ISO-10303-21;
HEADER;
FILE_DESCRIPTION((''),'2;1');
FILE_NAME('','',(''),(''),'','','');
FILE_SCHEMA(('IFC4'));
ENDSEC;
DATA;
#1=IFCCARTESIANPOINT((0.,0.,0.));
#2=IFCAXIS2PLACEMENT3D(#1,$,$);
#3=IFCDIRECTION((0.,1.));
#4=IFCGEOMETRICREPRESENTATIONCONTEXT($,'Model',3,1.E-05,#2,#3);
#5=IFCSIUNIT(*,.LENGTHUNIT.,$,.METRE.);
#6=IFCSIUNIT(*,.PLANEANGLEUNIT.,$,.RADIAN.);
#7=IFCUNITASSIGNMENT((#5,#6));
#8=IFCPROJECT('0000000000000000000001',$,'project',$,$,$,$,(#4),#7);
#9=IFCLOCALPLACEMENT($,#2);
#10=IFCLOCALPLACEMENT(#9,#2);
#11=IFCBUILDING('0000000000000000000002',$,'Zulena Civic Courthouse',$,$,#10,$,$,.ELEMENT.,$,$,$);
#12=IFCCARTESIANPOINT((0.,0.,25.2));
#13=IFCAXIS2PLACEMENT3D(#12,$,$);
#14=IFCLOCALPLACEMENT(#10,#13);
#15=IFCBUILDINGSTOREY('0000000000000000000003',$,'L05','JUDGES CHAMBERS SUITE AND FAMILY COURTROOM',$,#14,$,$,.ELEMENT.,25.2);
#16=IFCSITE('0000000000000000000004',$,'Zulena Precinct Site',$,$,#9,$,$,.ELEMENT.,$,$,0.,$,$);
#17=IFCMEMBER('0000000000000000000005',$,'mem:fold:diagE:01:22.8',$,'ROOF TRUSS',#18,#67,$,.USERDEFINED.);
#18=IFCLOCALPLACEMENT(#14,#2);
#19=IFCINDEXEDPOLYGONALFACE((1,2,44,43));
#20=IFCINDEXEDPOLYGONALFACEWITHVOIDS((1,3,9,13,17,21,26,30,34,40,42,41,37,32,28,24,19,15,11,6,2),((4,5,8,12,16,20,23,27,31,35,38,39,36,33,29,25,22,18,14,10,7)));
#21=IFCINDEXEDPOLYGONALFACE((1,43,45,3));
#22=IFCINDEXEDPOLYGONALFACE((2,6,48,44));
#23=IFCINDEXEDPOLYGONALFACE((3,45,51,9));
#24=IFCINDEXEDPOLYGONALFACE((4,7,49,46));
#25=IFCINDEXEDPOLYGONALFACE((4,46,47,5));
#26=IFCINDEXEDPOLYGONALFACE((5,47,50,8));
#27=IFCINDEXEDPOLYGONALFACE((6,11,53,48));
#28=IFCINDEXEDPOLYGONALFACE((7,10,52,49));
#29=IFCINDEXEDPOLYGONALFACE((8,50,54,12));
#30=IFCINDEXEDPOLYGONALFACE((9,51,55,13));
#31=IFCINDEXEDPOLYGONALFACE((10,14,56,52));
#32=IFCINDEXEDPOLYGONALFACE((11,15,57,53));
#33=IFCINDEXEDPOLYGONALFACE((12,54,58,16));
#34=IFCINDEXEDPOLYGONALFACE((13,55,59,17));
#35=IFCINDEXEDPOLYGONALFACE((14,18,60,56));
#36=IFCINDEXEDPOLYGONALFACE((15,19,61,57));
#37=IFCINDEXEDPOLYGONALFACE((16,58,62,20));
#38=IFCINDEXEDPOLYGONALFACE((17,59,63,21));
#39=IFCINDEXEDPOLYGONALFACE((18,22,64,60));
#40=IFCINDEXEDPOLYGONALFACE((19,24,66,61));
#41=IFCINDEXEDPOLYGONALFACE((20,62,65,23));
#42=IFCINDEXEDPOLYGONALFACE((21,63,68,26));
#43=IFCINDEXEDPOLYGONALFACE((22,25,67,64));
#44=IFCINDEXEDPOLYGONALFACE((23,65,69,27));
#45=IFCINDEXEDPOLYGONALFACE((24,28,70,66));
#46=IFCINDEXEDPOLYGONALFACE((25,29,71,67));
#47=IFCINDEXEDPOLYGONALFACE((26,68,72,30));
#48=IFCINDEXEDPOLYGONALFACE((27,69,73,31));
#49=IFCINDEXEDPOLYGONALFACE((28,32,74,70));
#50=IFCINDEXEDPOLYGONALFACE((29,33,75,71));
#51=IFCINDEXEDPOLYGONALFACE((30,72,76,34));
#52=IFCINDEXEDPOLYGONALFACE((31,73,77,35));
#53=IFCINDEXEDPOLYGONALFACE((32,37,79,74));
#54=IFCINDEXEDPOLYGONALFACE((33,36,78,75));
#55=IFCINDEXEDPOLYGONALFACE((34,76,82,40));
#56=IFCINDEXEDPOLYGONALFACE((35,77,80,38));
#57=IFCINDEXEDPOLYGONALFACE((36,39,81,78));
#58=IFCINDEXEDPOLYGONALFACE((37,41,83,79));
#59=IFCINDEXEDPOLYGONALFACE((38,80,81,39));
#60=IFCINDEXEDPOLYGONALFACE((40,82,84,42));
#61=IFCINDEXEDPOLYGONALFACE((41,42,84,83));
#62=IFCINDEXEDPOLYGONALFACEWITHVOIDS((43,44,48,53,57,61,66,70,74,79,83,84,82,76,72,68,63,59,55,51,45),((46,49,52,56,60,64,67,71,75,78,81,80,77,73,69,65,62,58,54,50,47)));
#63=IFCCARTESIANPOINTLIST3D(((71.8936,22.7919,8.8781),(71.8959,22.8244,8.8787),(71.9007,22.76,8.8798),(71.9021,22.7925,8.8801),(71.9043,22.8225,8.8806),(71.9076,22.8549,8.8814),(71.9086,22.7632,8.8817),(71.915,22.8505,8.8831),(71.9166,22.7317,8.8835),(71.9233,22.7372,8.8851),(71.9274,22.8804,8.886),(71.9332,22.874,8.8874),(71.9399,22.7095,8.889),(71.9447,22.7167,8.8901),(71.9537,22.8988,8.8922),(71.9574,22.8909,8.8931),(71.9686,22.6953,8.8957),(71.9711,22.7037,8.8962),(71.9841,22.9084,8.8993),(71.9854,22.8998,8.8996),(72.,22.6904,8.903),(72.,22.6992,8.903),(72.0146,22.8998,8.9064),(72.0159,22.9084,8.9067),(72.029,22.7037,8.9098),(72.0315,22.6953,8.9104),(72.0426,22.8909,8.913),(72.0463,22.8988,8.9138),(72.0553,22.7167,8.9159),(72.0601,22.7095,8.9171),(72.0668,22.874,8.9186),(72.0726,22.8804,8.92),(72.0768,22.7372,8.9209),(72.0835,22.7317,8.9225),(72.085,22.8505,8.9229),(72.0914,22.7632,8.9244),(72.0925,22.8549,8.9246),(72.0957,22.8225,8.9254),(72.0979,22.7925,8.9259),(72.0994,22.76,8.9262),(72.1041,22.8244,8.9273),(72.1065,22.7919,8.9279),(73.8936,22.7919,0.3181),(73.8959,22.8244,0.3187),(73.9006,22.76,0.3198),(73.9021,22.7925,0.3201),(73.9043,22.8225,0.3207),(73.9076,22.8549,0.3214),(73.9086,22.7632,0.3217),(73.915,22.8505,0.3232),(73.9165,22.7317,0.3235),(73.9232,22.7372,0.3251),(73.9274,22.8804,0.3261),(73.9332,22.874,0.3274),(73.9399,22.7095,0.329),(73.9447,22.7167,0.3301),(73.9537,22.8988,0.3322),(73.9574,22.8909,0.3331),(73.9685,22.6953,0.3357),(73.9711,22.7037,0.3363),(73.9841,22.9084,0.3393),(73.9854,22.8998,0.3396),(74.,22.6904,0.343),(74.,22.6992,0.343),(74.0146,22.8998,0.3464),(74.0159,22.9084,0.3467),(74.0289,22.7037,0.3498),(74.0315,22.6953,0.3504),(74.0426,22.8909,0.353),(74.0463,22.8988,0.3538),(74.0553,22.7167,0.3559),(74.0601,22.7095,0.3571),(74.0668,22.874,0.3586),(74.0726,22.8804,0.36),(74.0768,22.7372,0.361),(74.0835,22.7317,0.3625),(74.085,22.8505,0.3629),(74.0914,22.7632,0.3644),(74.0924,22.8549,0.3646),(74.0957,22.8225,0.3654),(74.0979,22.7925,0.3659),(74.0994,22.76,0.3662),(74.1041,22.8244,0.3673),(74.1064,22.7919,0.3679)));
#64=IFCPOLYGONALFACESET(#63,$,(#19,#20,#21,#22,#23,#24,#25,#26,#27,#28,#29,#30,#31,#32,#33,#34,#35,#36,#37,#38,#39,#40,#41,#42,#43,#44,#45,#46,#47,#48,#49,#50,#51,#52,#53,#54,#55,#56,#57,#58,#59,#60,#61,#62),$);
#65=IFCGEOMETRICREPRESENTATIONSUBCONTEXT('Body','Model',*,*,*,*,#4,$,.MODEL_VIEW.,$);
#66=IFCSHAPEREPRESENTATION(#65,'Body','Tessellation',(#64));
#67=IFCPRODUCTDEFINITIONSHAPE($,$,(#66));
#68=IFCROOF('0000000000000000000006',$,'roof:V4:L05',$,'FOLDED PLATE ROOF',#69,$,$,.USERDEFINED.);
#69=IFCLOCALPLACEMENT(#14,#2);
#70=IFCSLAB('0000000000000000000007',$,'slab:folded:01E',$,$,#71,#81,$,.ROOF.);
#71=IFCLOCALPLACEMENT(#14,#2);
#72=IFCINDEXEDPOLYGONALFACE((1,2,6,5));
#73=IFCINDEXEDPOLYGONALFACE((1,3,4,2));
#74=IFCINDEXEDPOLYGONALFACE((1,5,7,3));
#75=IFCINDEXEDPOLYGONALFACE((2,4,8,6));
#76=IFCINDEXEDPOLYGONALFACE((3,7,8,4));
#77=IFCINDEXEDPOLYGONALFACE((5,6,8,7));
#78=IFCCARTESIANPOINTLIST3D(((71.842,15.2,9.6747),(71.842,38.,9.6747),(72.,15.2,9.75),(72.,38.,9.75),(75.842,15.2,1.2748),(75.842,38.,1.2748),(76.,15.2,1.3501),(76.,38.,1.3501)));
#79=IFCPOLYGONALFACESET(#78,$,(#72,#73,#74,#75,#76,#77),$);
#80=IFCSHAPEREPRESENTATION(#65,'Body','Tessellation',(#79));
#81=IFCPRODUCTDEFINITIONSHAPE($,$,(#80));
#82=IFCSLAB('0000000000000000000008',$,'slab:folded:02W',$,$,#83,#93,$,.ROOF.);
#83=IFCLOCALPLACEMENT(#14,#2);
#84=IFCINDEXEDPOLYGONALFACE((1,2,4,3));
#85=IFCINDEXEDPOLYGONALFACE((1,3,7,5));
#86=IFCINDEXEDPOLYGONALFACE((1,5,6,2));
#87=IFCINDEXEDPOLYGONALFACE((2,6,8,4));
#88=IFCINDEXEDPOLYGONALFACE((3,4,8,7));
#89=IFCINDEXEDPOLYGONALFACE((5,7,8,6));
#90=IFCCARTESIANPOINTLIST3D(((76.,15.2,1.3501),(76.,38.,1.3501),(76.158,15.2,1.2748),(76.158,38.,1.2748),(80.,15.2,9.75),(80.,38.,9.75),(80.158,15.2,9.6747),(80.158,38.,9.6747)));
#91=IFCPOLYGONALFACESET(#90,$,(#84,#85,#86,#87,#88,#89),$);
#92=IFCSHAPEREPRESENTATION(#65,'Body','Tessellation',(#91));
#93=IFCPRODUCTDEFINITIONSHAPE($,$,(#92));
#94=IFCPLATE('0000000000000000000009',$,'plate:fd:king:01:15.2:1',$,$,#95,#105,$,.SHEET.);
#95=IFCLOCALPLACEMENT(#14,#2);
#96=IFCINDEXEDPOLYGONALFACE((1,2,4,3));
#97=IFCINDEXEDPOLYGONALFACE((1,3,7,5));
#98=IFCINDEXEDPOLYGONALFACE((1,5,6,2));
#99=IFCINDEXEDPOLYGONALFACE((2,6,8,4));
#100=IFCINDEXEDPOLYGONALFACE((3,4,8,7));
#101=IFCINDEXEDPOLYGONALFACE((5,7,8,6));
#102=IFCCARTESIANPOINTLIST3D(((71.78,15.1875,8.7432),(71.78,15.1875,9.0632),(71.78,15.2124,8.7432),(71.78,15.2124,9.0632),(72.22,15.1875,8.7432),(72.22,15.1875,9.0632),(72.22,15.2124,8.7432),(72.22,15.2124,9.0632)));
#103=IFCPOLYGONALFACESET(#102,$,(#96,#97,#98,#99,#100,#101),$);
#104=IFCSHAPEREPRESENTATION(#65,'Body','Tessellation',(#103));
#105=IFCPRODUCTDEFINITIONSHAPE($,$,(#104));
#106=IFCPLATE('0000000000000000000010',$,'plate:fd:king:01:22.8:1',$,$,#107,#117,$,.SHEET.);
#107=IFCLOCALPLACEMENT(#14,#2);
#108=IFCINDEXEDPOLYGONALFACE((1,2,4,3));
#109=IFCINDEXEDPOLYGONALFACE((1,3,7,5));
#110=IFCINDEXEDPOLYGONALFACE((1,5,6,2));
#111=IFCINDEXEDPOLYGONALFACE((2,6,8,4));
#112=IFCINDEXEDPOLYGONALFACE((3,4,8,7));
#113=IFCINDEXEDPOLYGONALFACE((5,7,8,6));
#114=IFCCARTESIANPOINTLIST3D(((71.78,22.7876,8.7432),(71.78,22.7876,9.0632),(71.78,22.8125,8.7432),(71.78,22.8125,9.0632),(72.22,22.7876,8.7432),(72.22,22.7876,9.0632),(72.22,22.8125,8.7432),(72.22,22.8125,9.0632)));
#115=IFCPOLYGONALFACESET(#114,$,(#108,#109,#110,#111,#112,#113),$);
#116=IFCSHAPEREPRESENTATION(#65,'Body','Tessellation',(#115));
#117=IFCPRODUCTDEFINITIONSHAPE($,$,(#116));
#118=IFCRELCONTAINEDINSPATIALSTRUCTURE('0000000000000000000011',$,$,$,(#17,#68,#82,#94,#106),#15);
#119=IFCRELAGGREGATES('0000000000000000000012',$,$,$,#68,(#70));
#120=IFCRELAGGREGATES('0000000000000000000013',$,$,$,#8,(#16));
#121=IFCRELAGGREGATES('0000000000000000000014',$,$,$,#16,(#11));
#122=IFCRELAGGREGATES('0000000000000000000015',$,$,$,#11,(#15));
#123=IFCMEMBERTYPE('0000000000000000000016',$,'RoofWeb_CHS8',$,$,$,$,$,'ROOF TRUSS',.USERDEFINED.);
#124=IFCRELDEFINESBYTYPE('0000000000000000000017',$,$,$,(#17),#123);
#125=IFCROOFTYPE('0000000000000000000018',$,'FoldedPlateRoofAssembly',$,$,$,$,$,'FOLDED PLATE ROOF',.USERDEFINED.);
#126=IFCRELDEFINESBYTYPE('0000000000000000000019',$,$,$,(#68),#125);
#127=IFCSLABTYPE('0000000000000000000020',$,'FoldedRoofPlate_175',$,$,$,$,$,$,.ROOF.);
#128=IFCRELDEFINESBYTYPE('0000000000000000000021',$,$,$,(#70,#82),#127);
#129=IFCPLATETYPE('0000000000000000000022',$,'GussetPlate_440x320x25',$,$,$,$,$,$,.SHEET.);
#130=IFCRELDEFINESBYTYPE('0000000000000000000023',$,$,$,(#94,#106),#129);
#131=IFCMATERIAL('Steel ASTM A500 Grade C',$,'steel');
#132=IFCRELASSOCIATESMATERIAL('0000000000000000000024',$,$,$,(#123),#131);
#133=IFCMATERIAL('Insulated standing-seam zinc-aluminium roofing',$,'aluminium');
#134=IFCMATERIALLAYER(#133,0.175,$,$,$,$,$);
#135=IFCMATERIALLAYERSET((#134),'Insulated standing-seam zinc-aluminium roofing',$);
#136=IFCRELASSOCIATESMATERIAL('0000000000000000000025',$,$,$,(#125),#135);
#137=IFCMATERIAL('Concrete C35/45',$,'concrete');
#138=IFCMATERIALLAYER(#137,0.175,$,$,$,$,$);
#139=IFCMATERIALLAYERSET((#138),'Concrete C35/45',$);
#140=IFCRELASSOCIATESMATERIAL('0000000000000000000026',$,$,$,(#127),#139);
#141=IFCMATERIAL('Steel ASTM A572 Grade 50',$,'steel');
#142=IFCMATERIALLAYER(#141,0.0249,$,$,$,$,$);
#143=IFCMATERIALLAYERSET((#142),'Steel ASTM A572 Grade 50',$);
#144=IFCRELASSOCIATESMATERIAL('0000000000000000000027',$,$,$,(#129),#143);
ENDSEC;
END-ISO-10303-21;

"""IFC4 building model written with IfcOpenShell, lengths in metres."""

from ifc_helpers import new_model, si_unit, direction, frame, origin, origin_2d, place, context, subcontext, project, spatial, polyline, rectangle, hollow_circle, outline, extrude, material, layer, layer_set, material_profile, profile_set, type_object, element, aggregate, save


model = new_model("IFC4")

# Units and contexts
model_context = context("Model", 3, precision=1e-05, world=origin(), true_north=direction((0.0, 1.0)))
body_context = subcontext(model_context, "Body", "Model", "MODEL_VIEW")
ifc_project = project(units=[si_unit("LENGTHUNIT", "METRE"), si_unit("PLANEANGLEUNIT", "RADIAN")], contexts=[model_context])

# Site, building, storey
site_placement = place(None, origin())
site = spatial("IfcSite", under=ifc_project, at=site_placement, Name="Zulena Precinct Site", CompositionType="ELEMENT", RefElevation=0.0)
building_placement = place(site_placement, origin())
building = spatial("IfcBuilding", under=site, at=building_placement, Name="Zulena Civic Courthouse", CompositionType="ELEMENT")
storey_placement = place(building_placement, frame((0.0, 0.0, 25.2)))
storey = spatial("IfcBuildingStorey", under=building, at=storey_placement, Name="L05", Description="JUDGES CHAMBERS SUITE AND FAMILY COURTROOM", CompositionType="ELEMENT", Elevation=25.2)

# Member
ifc_material_1 = material(Name="Steel ASTM A500 Grade C", Category="steel")
ifc_material_profile_1 = material_profile(ifc_material_1, hollow_circle(Radius=0.1096, WallThickness=0.0088, at=origin_2d()), Name="HSS8.625X0.375")
ifc_profile_set_1 = profile_set([ifc_material_profile_1], Name="Steel ASTM A500 Grade C")
member_type_1 = type_object("IfcMemberType", Name="RoofWeb_CHS8", ElementType="ROOF TRUSS", PredefinedType="USERDEFINED", material=ifc_profile_set_1)
for number, where, z_axis, x_axis, name in (
    (1, (74.0, 22.8, 0.343), (-0.227516, 0.0, 0.973774), (0.0, -1.0, 0.0), "mem:fold:diagE:01:22.8"),
):
    element("IfcMember", number, at=place(storey_placement, frame(where, z_axis=z_axis, x_axis=x_axis)), inside=storey, type_object=member_type_1, Name=name, ObjectType="ROOF TRUSS", PredefinedType="USERDEFINED", context=body_context, shape_type="SweptSolid", body=[
        extrude(hollow_circle(Radius=0.1096, WallThickness=0.0088, at=origin_2d()), origin(), (0.0, 0.0, 1.0), 8.7905),
    ])

# Roof, slab
ifc_material_2 = material(Name="Insulated standing-seam zinc-aluminium roofing", Category="aluminium")
ifc_layer_1 = layer(ifc_material_2, 0.175)
ifc_layer_set_1 = layer_set([ifc_layer_1], Name="Insulated standing-seam zinc-aluminium roofing")
roof_type = type_object("IfcRoofType", Name="FoldedPlateRoofAssembly", ElementType="FOLDED PLATE ROOF", PredefinedType="USERDEFINED", material=ifc_layer_set_1)
roof_placement = place(storey_placement, origin())
roof = element("IfcRoof", 2, at=roof_placement, inside=storey, type_object=roof_type, Name="roof:V4:L05", ObjectType="FOLDED PLATE ROOF", PredefinedType="USERDEFINED")
ifc_material_3 = material(Name="Concrete C35/45", Category="concrete")
ifc_layer_2 = layer(ifc_material_3, 0.175)
ifc_layer_set_2 = layer_set([ifc_layer_2], Name="Concrete C35/45")
slab_type = type_object("IfcSlabType", Name="FoldedRoofPlate_175", PredefinedType="ROOF", material=ifc_layer_set_2)
slab_1_placement = place(storey_placement, frame((72.0, 15.2, 9.75), z_axis=(0.902859, 0.0, 0.429938), x_axis=(0.429938, 0.0, -0.902859)))
slab_1 = element("IfcSlab", 3, at=slab_1_placement, type_object=slab_type, Name="slab:folded:01E", PredefinedType="ROOF", context=body_context, shape_type="SweptSolid", body=[
    extrude(outline(polyline([(0.0, 0.0), (9.3037, 0.0), (9.3037, 22.8), (0.0, 22.8), (0.0, 0.0)])), origin(), (0.0, 0.0, -1.0), 0.175),
])
aggregate(roof, [slab_1])

# Slab
slab_2_placement = place(storey_placement, frame((76.0, 15.2, 1.3501), z_axis=(-0.902859, 0.0, 0.429938), x_axis=(0.429938, 0.0, 0.902859)))
element("IfcSlab", 4, at=slab_2_placement, inside=storey, type_object=slab_type, Name="slab:folded:02W", PredefinedType="ROOF", context=body_context, shape_type="SweptSolid", body=[
    extrude(outline(polyline([(0.0, 0.0), (9.3037, 0.0), (9.3037, 22.8), (0.0, 22.8), (0.0, 0.0)])), origin(), (0.0, 0.0, -1.0), 0.175),
])

# Plates
ifc_material_4 = material(Name="Steel ASTM A572 Grade 50", Category="steel")
ifc_layer_3 = layer(ifc_material_4, 0.0249)
ifc_layer_set_3 = layer_set([ifc_layer_3], Name="Steel ASTM A572 Grade 50")
plate_type = type_object("IfcPlateType", Name="GussetPlate_440x320x25", PredefinedType="SHEET", material=ifc_layer_set_3)
for number, where, z_axis, x_axis, name in (
    (5, (72.0, 15.2, 8.7432), (0.0, 0.0, 1.0), (1.0, 0.0, 0.0), "plate:fd:king:01:15.2:1"),
    (6, (72.0, 22.8, 8.7432), (0.0, 0.0, 1.0), (1.0, 0.0, 0.0), "plate:fd:king:01:22.8:1"),
):
    element("IfcPlate", number, at=place(storey_placement, frame(where, z_axis=z_axis, x_axis=x_axis)), inside=storey, type_object=plate_type, Name=name, PredefinedType="SHEET", context=body_context, shape_type="SweptSolid", body=[
        extrude(rectangle(XDim=0.4399, YDim=0.0249, at=origin_2d()), origin(), (0.0, 0.0, 1.0), 0.3201),
    ])

save(model, "model.ifc")
